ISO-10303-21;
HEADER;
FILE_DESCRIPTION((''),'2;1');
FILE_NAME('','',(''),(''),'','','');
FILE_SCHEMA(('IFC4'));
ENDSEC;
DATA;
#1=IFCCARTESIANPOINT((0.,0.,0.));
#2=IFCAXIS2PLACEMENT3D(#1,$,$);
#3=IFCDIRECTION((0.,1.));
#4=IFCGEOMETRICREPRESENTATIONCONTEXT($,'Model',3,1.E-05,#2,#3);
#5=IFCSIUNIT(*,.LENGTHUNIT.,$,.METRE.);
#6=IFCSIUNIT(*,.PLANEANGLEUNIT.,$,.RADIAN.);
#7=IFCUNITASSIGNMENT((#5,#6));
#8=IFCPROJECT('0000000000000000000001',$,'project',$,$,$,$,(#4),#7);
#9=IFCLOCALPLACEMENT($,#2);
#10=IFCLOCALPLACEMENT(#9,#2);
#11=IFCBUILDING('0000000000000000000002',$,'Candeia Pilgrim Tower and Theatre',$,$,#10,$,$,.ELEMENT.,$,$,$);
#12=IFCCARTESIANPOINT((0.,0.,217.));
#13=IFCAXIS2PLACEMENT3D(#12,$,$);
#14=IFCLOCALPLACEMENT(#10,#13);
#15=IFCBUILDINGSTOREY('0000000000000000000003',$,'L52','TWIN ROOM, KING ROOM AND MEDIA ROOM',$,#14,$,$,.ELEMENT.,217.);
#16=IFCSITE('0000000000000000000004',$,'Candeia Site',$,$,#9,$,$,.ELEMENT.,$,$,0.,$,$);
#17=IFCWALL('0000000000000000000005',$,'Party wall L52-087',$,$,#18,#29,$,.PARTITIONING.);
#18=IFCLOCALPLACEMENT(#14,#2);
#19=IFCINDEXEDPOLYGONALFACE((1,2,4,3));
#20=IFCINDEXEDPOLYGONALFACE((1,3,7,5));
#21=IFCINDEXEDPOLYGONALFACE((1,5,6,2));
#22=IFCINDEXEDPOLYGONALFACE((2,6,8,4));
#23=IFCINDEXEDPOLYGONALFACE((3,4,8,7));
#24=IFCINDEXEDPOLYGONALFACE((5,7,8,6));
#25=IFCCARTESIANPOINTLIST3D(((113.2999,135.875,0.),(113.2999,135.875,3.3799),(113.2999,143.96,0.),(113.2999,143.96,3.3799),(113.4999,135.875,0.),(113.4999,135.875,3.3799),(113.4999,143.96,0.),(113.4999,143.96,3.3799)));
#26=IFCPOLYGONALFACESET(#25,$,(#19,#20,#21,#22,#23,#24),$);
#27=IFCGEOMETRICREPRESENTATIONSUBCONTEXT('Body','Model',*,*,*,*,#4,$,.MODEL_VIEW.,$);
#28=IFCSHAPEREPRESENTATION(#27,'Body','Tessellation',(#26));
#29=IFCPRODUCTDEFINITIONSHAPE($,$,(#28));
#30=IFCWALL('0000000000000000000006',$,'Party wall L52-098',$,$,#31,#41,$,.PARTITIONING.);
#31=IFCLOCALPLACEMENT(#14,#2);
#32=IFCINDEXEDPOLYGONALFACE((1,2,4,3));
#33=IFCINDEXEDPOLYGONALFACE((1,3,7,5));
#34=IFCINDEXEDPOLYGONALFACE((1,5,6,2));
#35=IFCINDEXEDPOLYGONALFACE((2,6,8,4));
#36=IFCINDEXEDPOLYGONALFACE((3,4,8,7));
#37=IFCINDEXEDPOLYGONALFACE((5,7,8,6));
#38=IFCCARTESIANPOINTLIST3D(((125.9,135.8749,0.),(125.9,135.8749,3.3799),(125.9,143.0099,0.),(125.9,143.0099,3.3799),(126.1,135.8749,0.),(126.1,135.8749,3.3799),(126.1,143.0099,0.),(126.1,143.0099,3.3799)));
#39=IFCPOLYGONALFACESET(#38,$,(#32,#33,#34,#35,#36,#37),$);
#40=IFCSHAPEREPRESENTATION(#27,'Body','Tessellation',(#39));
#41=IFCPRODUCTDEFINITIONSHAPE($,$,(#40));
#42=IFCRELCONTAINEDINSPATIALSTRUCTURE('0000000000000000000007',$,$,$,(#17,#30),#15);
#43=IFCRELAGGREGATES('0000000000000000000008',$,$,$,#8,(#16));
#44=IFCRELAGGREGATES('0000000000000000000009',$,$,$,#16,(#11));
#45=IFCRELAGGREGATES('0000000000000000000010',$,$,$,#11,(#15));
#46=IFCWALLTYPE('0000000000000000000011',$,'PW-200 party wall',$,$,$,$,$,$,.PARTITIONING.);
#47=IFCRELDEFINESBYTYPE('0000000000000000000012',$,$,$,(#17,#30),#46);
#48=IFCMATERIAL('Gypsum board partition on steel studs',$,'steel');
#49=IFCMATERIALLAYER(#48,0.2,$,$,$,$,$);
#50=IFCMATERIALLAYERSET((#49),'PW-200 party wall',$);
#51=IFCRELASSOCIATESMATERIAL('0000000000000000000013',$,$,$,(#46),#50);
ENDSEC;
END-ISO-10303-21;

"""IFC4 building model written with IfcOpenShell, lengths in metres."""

from ifc_helpers import new_model, si_unit, direction, frame, frame_2d, origin, place, context, subcontext, project, spatial, rectangle, extrude, material, layer, layer_set, type_object, element, save


model = new_model("IFC4")

# Units and contexts
model_context = context("Model", 3, precision=1e-05, world=origin(), true_north=direction((0.0, 1.0)))
body_context = subcontext(model_context, "Body", "Model", "MODEL_VIEW")
ifc_project = project(units=[si_unit("LENGTHUNIT", "METRE"), si_unit("PLANEANGLEUNIT", "RADIAN")], contexts=[model_context])

# Site, building, storey
site_placement = place(None, origin())
site = spatial("IfcSite", under=ifc_project, at=site_placement, Name="Candeia Site", CompositionType="ELEMENT", RefElevation=0.0)
building_placement = place(site_placement, origin())
building = spatial("IfcBuilding", under=site, at=building_placement, Name="Candeia Pilgrim Tower and Theatre", CompositionType="ELEMENT")
storey_placement = place(building_placement, frame((0.0, 0.0, 217.0)))
storey = spatial("IfcBuildingStorey", under=building, at=storey_placement, Name="L52", Description="TWIN ROOM, KING ROOM AND MEDIA ROOM", CompositionType="ELEMENT", Elevation=217.0)

# Shared definitions
ifc_material_1 = material(Name="Gypsum board partition on steel studs", Category="steel")

# Walls
ifc_layer_1 = layer(ifc_material_1, 0.2)
ifc_layer_set_1 = layer_set([ifc_layer_1], Name="PW-200 party wall")
wall_type_1 = type_object("IfcWallType", Name="PW-200 party wall", PredefinedType="PARTITIONING", material=ifc_layer_set_1)
wall_1_placement = place(storey_placement, frame((113.3999, 135.875, 0.0), z_axis=(0.0, 0.0, 1.0), x_axis=(0.0, 1.0, 0.0)))
element("IfcWall", 1, at=wall_1_placement, inside=storey, type_object=wall_type_1, Name="Party wall L52-087", PredefinedType="PARTITIONING", context=body_context, shape_type="SweptSolid", body=[
    extrude(rectangle(XDim=8.085, YDim=0.2, at=frame_2d((4.0425, 0.0))), origin(), (0.0, 0.0, 1.0), 3.3799),
])
wall_2_placement = place(storey_placement, frame((126.0, 135.875, 0.0), z_axis=(0.0, 0.0, 1.0), x_axis=(0.0, 1.0, 0.0)))
element("IfcWall", 2, at=wall_2_placement, inside=storey, type_object=wall_type_1, Name="Party wall L52-098", PredefinedType="PARTITIONING", context=body_context, shape_type="SweptSolid", body=[
    extrude(rectangle(XDim=7.135, YDim=0.2, at=frame_2d((3.5674, 0.0))), origin(), (0.0, 0.0, 1.0), 3.3799),
])

save(model, "model.ifc")
